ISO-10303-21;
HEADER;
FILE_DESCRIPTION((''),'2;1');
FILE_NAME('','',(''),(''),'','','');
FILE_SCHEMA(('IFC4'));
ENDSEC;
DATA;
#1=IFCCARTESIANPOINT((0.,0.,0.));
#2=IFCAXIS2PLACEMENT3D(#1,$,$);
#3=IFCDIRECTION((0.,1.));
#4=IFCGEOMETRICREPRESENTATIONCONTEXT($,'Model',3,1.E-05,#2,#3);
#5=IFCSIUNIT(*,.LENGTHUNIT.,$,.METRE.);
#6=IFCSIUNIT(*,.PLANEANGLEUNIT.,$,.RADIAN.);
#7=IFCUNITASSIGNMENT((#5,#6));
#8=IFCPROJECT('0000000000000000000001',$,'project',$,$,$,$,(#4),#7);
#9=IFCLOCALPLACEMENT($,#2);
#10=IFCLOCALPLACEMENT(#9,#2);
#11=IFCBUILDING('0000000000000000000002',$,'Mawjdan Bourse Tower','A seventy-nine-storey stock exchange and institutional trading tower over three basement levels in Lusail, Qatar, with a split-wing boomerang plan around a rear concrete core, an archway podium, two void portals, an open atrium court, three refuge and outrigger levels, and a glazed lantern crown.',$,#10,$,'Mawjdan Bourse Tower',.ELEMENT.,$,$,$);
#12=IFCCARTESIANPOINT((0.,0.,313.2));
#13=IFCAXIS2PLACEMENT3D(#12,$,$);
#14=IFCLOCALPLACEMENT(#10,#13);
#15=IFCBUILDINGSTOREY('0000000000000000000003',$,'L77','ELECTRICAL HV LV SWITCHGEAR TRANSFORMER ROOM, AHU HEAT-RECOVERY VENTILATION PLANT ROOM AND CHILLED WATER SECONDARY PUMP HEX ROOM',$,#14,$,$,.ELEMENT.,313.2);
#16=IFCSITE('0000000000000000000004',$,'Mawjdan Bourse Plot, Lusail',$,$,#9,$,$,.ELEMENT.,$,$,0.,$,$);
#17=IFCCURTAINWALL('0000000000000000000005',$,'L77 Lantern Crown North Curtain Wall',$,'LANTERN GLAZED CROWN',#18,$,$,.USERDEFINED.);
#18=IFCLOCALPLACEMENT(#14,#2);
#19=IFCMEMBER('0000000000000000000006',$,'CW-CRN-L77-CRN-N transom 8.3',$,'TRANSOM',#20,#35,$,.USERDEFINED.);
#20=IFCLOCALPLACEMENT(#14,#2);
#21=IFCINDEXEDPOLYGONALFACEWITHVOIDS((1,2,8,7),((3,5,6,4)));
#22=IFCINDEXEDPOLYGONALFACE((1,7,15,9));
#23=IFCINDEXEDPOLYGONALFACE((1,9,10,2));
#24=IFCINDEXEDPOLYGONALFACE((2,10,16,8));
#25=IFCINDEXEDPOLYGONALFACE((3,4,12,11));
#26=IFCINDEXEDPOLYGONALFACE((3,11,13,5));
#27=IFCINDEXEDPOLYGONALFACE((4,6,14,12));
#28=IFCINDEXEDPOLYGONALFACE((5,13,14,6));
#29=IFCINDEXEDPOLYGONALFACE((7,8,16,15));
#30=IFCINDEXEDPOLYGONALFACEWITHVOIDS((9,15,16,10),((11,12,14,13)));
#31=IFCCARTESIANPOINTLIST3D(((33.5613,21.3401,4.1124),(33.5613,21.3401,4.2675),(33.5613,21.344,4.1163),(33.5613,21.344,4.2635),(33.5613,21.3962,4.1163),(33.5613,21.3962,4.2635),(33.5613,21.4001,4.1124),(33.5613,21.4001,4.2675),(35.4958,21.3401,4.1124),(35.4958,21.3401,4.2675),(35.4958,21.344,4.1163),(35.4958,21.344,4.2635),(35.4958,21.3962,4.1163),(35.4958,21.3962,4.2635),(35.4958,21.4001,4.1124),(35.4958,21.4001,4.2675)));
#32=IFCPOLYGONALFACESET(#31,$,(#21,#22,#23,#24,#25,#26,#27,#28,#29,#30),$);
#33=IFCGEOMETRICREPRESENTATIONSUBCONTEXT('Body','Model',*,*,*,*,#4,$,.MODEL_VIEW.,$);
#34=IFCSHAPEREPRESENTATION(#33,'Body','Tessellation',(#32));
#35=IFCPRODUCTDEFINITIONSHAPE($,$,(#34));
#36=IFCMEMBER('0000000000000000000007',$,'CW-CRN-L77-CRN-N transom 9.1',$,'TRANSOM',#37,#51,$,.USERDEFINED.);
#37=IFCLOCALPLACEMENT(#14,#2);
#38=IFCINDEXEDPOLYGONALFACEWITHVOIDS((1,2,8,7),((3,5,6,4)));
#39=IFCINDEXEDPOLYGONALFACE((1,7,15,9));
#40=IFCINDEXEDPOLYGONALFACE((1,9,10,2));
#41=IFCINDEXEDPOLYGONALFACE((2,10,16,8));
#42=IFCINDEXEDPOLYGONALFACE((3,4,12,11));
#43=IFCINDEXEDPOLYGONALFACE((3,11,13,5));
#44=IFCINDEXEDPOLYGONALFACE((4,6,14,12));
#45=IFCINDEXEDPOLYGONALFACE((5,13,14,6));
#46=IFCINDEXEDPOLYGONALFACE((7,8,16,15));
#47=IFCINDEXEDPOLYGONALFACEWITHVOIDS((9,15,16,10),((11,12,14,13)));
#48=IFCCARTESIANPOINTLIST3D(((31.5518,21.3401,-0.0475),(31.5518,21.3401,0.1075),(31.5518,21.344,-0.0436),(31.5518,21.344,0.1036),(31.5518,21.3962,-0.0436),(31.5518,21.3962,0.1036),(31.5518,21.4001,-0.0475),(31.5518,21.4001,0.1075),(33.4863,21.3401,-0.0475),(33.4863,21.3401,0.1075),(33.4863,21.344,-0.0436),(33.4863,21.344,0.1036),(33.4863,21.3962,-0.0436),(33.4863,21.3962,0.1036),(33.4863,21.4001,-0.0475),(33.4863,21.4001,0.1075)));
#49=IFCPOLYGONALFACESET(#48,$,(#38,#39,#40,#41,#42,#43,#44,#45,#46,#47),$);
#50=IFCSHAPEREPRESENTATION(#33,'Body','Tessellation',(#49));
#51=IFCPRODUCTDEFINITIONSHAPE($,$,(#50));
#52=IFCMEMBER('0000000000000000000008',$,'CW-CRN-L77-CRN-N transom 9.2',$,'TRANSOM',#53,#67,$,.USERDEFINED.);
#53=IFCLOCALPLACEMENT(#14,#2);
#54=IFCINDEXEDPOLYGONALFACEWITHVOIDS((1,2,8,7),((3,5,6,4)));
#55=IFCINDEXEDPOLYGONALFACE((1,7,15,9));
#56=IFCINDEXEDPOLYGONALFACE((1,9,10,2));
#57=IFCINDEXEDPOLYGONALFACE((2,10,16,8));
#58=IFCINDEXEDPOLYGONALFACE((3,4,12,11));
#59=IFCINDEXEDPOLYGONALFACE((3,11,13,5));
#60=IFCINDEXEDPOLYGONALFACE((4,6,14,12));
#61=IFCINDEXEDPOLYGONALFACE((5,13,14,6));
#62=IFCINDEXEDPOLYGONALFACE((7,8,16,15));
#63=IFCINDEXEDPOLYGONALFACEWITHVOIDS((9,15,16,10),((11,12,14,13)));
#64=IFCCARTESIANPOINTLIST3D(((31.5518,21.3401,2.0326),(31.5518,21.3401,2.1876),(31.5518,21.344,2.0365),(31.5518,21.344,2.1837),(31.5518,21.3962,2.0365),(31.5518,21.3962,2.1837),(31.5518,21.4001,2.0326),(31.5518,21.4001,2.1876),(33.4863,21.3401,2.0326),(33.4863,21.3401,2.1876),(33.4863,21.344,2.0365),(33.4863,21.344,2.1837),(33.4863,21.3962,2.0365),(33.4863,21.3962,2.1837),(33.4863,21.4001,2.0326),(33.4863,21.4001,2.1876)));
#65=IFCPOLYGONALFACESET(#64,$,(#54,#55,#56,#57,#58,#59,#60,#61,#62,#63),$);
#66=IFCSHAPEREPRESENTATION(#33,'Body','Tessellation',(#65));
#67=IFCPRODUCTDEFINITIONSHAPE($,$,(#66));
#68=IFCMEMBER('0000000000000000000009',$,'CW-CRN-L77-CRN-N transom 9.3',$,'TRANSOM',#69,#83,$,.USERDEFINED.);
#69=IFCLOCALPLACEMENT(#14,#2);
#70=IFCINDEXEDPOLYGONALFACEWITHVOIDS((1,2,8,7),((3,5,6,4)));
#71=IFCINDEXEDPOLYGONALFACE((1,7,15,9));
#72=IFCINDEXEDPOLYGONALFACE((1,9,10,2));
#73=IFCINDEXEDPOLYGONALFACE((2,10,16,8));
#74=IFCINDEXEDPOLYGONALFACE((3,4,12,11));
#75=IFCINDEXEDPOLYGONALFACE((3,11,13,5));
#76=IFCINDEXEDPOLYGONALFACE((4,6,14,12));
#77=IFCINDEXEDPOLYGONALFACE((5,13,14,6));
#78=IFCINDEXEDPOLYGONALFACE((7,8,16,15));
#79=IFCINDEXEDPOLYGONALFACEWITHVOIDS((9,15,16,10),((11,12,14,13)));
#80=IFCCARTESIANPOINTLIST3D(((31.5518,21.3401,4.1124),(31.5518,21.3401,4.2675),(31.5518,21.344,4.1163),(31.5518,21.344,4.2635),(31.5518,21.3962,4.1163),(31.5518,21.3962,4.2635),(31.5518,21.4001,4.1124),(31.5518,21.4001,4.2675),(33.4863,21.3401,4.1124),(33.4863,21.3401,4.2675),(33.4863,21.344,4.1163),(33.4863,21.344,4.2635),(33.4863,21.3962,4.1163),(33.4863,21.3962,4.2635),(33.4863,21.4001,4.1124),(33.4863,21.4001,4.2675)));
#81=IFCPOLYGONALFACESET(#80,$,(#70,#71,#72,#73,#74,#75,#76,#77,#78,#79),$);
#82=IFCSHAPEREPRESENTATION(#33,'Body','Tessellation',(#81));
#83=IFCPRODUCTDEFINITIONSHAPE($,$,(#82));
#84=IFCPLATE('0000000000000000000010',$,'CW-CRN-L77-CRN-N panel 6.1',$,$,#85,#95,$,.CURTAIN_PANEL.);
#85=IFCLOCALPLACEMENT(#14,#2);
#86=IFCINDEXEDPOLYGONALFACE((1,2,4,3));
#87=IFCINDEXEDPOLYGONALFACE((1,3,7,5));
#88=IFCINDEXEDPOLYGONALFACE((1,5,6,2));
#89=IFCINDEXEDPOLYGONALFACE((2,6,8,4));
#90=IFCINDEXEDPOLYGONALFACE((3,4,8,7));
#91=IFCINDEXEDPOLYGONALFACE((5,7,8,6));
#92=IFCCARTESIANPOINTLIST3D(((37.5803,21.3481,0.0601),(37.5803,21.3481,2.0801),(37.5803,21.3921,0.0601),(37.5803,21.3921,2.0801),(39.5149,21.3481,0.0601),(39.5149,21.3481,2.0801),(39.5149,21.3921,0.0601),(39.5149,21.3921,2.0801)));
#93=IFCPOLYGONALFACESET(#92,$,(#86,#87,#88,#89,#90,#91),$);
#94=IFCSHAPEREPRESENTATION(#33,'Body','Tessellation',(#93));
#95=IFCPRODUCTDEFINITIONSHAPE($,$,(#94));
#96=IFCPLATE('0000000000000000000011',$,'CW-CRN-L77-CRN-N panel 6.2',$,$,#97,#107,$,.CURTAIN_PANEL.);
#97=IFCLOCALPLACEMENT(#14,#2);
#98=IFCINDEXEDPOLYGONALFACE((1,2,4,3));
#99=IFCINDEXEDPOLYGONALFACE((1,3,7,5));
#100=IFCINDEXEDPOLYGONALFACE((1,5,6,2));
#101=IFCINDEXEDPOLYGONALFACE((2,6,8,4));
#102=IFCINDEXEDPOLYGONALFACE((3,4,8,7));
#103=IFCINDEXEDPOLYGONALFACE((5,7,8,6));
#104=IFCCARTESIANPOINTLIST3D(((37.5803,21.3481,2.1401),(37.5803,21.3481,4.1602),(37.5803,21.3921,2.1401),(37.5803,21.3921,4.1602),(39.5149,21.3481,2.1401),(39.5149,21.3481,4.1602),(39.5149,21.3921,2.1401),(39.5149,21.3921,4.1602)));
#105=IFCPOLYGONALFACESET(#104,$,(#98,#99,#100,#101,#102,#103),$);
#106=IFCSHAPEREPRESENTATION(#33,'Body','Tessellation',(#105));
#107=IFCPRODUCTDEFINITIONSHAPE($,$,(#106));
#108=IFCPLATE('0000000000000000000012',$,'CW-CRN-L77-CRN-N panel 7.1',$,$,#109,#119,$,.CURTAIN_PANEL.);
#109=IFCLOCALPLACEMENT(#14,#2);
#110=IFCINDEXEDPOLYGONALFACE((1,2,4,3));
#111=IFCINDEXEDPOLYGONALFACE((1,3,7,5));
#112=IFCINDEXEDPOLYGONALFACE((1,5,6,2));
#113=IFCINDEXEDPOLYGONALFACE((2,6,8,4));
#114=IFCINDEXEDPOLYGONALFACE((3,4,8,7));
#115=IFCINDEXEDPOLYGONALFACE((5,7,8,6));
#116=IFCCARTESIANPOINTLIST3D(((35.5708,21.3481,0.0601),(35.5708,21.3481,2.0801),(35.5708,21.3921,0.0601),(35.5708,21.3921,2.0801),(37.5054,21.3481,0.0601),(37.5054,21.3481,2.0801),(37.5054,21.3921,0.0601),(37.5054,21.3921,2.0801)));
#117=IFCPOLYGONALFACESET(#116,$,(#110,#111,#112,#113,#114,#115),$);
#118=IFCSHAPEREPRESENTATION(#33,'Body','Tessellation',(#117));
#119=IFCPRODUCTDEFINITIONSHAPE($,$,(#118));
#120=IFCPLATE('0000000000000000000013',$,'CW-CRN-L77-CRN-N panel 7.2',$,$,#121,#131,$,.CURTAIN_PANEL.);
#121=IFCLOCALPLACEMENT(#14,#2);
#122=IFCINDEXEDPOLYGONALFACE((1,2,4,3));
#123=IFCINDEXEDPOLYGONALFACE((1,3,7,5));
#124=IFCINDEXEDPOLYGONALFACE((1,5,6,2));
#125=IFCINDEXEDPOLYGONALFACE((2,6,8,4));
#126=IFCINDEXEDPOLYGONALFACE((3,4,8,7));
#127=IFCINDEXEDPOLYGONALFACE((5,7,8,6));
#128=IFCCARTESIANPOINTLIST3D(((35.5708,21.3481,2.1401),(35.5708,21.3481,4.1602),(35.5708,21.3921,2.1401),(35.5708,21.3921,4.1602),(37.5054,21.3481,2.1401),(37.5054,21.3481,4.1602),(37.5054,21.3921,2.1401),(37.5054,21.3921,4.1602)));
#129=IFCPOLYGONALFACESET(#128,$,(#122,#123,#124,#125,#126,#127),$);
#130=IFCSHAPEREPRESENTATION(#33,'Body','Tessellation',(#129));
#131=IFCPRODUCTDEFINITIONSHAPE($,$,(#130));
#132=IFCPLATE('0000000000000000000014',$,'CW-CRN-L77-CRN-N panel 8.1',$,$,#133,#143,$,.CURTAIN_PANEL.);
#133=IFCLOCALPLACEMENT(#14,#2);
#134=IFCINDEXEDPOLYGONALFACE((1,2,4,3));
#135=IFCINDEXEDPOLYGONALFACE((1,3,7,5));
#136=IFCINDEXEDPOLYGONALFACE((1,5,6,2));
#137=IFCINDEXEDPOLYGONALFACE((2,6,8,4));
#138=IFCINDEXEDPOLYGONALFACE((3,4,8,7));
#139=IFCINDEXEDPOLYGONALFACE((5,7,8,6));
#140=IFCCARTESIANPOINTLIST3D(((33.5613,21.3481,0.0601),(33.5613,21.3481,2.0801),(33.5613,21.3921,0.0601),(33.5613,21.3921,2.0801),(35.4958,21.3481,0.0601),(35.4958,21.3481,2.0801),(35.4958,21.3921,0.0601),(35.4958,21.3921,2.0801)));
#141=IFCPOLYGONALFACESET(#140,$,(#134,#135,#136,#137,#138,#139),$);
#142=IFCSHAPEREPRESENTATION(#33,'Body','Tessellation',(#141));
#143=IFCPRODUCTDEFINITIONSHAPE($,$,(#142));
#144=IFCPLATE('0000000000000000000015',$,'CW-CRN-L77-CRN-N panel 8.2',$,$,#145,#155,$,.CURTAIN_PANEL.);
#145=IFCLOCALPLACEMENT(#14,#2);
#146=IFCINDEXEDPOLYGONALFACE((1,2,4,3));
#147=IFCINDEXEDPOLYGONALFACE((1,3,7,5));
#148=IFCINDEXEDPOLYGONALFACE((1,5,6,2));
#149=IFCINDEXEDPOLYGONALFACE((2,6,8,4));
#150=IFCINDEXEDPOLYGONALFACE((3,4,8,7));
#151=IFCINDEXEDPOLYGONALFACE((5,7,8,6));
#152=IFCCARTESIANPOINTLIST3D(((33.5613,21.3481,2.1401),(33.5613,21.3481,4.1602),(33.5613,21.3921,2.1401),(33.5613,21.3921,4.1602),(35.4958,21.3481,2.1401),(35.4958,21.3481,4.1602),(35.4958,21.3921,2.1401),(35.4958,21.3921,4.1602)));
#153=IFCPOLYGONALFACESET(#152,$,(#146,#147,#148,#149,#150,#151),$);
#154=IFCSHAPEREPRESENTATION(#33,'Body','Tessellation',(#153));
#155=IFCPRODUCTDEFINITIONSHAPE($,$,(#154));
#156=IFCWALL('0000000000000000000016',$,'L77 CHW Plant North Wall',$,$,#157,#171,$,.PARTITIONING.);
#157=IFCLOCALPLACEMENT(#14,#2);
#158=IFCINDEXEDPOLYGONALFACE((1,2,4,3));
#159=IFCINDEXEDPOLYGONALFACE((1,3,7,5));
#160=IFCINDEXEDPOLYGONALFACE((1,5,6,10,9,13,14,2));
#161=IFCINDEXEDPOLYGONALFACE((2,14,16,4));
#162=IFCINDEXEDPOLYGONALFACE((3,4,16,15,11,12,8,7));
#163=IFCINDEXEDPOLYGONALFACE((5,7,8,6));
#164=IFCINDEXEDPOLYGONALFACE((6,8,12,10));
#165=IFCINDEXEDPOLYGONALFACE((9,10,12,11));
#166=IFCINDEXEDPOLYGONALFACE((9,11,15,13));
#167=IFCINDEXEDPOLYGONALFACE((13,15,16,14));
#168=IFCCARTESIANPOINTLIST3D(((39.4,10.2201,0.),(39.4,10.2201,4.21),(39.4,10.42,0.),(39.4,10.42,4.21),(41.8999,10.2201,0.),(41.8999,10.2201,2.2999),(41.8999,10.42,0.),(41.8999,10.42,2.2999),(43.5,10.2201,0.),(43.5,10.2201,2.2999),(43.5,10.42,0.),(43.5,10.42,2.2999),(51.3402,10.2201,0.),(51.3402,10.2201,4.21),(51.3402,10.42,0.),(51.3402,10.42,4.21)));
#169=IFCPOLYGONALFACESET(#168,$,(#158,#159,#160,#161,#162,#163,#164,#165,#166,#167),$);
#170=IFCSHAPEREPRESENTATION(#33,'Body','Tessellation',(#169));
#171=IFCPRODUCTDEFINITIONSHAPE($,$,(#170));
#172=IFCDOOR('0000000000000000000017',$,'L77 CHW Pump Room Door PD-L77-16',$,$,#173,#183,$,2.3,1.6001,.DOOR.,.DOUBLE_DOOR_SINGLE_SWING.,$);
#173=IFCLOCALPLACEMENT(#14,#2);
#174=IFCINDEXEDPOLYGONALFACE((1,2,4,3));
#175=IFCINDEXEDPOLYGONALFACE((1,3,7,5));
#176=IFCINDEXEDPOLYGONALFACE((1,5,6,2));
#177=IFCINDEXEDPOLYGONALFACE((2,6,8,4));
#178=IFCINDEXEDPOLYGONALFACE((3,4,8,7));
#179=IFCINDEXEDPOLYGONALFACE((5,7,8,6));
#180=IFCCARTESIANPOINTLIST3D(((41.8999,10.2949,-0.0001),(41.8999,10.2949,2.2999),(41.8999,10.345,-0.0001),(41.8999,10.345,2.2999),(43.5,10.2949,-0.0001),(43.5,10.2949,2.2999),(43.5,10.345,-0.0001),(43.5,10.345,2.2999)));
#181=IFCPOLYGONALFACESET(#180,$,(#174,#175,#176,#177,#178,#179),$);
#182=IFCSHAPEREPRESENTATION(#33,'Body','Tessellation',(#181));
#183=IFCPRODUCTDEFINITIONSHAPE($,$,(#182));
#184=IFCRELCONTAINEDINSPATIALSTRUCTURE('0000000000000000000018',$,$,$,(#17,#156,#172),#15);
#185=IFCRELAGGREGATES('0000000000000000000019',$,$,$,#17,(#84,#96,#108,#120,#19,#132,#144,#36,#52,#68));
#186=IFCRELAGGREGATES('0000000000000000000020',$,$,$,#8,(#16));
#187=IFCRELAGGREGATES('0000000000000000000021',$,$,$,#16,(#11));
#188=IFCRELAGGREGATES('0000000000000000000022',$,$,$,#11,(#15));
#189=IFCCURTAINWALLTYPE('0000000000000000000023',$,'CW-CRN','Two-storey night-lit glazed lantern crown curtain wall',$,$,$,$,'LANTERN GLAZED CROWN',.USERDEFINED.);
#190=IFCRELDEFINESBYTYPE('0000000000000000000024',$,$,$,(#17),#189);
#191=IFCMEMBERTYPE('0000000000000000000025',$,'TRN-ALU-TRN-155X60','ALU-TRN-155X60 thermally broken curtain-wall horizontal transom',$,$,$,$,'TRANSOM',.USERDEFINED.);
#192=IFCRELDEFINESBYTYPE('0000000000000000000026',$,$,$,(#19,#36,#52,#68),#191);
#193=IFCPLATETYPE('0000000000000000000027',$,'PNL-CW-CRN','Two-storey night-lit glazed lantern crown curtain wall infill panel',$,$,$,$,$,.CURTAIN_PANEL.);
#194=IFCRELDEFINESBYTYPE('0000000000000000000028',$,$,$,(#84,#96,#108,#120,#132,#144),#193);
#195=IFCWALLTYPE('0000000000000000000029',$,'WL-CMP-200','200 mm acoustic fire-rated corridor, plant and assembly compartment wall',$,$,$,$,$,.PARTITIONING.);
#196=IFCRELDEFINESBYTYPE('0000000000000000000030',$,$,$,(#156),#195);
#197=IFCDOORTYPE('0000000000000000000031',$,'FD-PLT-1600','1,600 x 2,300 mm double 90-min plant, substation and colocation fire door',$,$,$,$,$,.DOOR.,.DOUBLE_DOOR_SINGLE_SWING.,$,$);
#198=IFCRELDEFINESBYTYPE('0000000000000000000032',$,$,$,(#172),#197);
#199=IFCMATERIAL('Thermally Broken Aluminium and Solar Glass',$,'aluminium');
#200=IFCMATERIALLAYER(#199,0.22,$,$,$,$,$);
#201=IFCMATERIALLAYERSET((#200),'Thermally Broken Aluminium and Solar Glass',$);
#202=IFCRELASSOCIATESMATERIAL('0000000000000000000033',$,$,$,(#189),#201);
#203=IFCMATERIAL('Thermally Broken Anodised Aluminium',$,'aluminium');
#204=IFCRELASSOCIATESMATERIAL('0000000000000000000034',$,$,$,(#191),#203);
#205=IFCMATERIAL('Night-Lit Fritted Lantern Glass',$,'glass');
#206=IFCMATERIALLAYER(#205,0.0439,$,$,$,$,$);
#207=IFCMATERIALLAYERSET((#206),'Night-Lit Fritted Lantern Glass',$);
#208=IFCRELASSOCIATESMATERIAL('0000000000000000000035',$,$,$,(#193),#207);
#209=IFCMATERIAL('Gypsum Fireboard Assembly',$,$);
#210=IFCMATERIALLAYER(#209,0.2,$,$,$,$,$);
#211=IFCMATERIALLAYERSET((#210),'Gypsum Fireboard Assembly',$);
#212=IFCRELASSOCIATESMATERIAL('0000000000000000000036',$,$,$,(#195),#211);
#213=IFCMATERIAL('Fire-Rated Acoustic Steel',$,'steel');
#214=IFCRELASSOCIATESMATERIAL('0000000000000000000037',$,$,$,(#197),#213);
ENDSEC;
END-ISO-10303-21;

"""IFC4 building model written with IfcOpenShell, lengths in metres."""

from ifc_helpers import new_model, si_unit, direction, frame, frame_2d, origin, origin_2d, place, context, subcontext, project, spatial, rectangle, hollow_rectangle, extrude, material, layer, layer_set, material_profile, profile_set, type_object, element, fill, aggregate, save


model = new_model("IFC4")

# Units and contexts
model_context = context("Model", 3, precision=1e-05, world=origin(), true_north=direction((0.0, 1.0)))
body_context = subcontext(model_context, "Body", "Model", "MODEL_VIEW")
ifc_project = project(units=[si_unit("LENGTHUNIT", "METRE"), si_unit("PLANEANGLEUNIT", "RADIAN")], contexts=[model_context])

# Site, building, storey
site_placement = place(None, origin())
site = spatial("IfcSite", under=ifc_project, at=site_placement, Name="Mawjdan Bourse Plot, Lusail", CompositionType="ELEMENT", RefElevation=0.0)
building_placement = place(site_placement, origin())
building = spatial("IfcBuilding", under=site, at=building_placement, Name="Mawjdan Bourse Tower", Description="A seventy-nine-storey stock exchange and institutional trading tower over three basement levels in Lusail, Qatar, with a split-wing boomerang plan around a rear concrete core, an archway podium, two void portals, an open atrium court, three refuge and outrigger levels, and a glazed lantern crown.", LongName="Mawjdan Bourse Tower", CompositionType="ELEMENT")
storey_placement = place(building_placement, frame((0.0, 0.0, 313.2)))
storey = spatial("IfcBuildingStorey", under=building, at=storey_placement, Name="L77", Description="ELECTRICAL HV LV SWITCHGEAR TRANSFORMER ROOM, AHU HEAT-RECOVERY VENTILATION PLANT ROOM AND CHILLED WATER SECONDARY PUMP HEX ROOM", CompositionType="ELEMENT", Elevation=313.2)

# Curtain wall, members, plates
ifc_material_1 = material(Name="Thermally Broken Aluminium and Solar Glass", Category="aluminium")
ifc_layer_1 = layer(ifc_material_1, 0.22)
ifc_layer_set_1 = layer_set([ifc_layer_1], Name="Thermally Broken Aluminium and Solar Glass")
curtain_wall_type = type_object("IfcCurtainWallType", Name="CW-CRN", Description="Two-storey night-lit glazed lantern crown curtain wall", ElementType="LANTERN GLAZED CROWN", PredefinedType="USERDEFINED", material=ifc_layer_set_1)
curtain_wall_placement = place(storey_placement, origin())
curtain_wall = element("IfcCurtainWall", 1, at=curtain_wall_placement, inside=storey, type_object=curtain_wall_type, Name="L77 Lantern Crown North Curtain Wall", ObjectType="LANTERN GLAZED CROWN", PredefinedType="USERDEFINED")
ifc_material_2 = material(Name="Thermally Broken Anodised Aluminium", Category="aluminium")
ifc_material_profile_1 = material_profile(ifc_material_2, hollow_rectangle(XDim=0.0601, YDim=0.155, WallThickness=0.0039, at=origin_2d()), Name="ALU-TRN-155X60")
ifc_profile_set_1 = profile_set([ifc_material_profile_1], Name="Thermally Broken Anodised Aluminium")
member_type_1 = type_object("IfcMemberType", Name="TRN-ALU-TRN-155X60", Description="ALU-TRN-155X60 thermally broken curtain-wall horizontal transom", ElementType="TRANSOM", PredefinedType="USERDEFINED", material=ifc_profile_set_1)
member_1_placement = place(storey_placement, frame((35.4958, 21.3701, 4.1899), z_axis=(-1.0, 0.0, 0.0), x_axis=(0.0, -1.0, 0.0)))
member_1 = element("IfcMember", 2, at=member_1_placement, type_object=member_type_1, Name="CW-CRN-L77-CRN-N transom 8.3", ObjectType="TRANSOM", PredefinedType="USERDEFINED", context=body_context, shape_type="SweptSolid", body=[
    extrude(hollow_rectangle(XDim=0.0601, YDim=0.155, WallThickness=0.0039, at=origin_2d()), origin(), (0.0, 0.0, 1.0), 1.9346),
])
member_2_placement = place(storey_placement, frame((33.4863, 21.3701, 0.03), z_axis=(-1.0, 0.0, 0.0), x_axis=(0.0, -1.0, 0.0)))
member_2 = element("IfcMember", 3, at=member_2_placement, type_object=member_type_1, Name="CW-CRN-L77-CRN-N transom 9.1", ObjectType="TRANSOM", PredefinedType="USERDEFINED", context=body_context, shape_type="SweptSolid", body=[
    extrude(hollow_rectangle(XDim=0.0601, YDim=0.155, WallThickness=0.0039, at=origin_2d()), origin(), (0.0, 0.0, 1.0), 1.9346),
])
member_3_placement = place(storey_placement, frame((33.4863, 21.3701, 2.1101), z_axis=(-1.0, 0.0, 0.0), x_axis=(0.0, -1.0, 0.0)))
member_3 = element("IfcMember", 4, at=member_3_placement, type_object=member_type_1, Name="CW-CRN-L77-CRN-N transom 9.2", ObjectType="TRANSOM", PredefinedType="USERDEFINED", context=body_context, shape_type="SweptSolid", body=[
    extrude(hollow_rectangle(XDim=0.0601, YDim=0.155, WallThickness=0.0039, at=origin_2d()), origin(), (0.0, 0.0, 1.0), 1.9346),
])
member_4_placement = place(storey_placement, frame((33.4863, 21.3701, 4.1899), z_axis=(-1.0, 0.0, 0.0), x_axis=(0.0, -1.0, 0.0)))
member_4 = element("IfcMember", 5, at=member_4_placement, type_object=member_type_1, Name="CW-CRN-L77-CRN-N transom 9.3", ObjectType="TRANSOM", PredefinedType="USERDEFINED", context=body_context, shape_type="SweptSolid", body=[
    extrude(hollow_rectangle(XDim=0.0601, YDim=0.155, WallThickness=0.0039, at=origin_2d()), origin(), (0.0, 0.0, 1.0), 1.9346),
])
ifc_material_3 = material(Name="Night-Lit Fritted Lantern Glass", Category="glass")
ifc_layer_2 = layer(ifc_material_3, 0.0439)
ifc_layer_set_2 = layer_set([ifc_layer_2], Name="Night-Lit Fritted Lantern Glass")
plate_type = type_object("IfcPlateType", Name="PNL-CW-CRN", Description="Two-storey night-lit glazed lantern crown curtain wall infill panel", PredefinedType="CURTAIN_PANEL", material=ifc_layer_set_2)
plate_1_placement = place(storey_placement, frame((38.5476, 21.3701, 0.0601), z_axis=(0.0, 0.0, 1.0), x_axis=(-1.0, 0.0, 0.0)))
plate_1 = element("IfcPlate", 6, at=plate_1_placement, type_object=plate_type, Name="CW-CRN-L77-CRN-N panel 6.1", PredefinedType="CURTAIN_PANEL", context=body_context, shape_type="SweptSolid", body=[
    extrude(rectangle(XDim=1.9346, YDim=0.0439, at=origin_2d()), origin(), (0.0, 0.0, 1.0), 2.02),
])
plate_2_placement = place(storey_placement, frame((38.5476, 21.3701, 2.1401), z_axis=(0.0, 0.0, 1.0), x_axis=(-1.0, 0.0, 0.0)))
plate_2 = element("IfcPlate", 7, at=plate_2_placement, type_object=plate_type, Name="CW-CRN-L77-CRN-N panel 6.2", PredefinedType="CURTAIN_PANEL", context=body_context, shape_type="SweptSolid", body=[
    extrude(rectangle(XDim=1.9346, YDim=0.0439, at=origin_2d()), origin(), (0.0, 0.0, 1.0), 2.02),
])
plate_3_placement = place(storey_placement, frame((36.5381, 21.3701, 0.0601), z_axis=(0.0, 0.0, 1.0), x_axis=(-1.0, 0.0, 0.0)))
plate_3 = element("IfcPlate", 8, at=plate_3_placement, type_object=plate_type, Name="CW-CRN-L77-CRN-N panel 7.1", PredefinedType="CURTAIN_PANEL", context=body_context, shape_type="SweptSolid", body=[
    extrude(rectangle(XDim=1.9346, YDim=0.0439, at=origin_2d()), origin(), (0.0, 0.0, 1.0), 2.02),
])
plate_4_placement = place(storey_placement, frame((36.5381, 21.3701, 2.1401), z_axis=(0.0, 0.0, 1.0), x_axis=(-1.0, 0.0, 0.0)))
plate_4 = element("IfcPlate", 9, at=plate_4_placement, type_object=plate_type, Name="CW-CRN-L77-CRN-N panel 7.2", PredefinedType="CURTAIN_PANEL", context=body_context, shape_type="SweptSolid", body=[
    extrude(rectangle(XDim=1.9346, YDim=0.0439, at=origin_2d()), origin(), (0.0, 0.0, 1.0), 2.02),
])
plate_5_placement = place(storey_placement, frame((34.5286, 21.3701, 0.0601), z_axis=(0.0, 0.0, 1.0), x_axis=(-1.0, 0.0, 0.0)))
plate_5 = element("IfcPlate", 10, at=plate_5_placement, type_object=plate_type, Name="CW-CRN-L77-CRN-N panel 8.1", PredefinedType="CURTAIN_PANEL", context=body_context, shape_type="SweptSolid", body=[
    extrude(rectangle(XDim=1.9346, YDim=0.0439, at=origin_2d()), origin(), (0.0, 0.0, 1.0), 2.02),
])
plate_6_placement = place(storey_placement, frame((34.5286, 21.3701, 2.1401), z_axis=(0.0, 0.0, 1.0), x_axis=(-1.0, 0.0, 0.0)))
plate_6 = element("IfcPlate", 11, at=plate_6_placement, type_object=plate_type, Name="CW-CRN-L77-CRN-N panel 8.2", PredefinedType="CURTAIN_PANEL", context=body_context, shape_type="SweptSolid", body=[
    extrude(rectangle(XDim=1.9346, YDim=0.0439, at=origin_2d()), origin(), (0.0, 0.0, 1.0), 2.02),
])
aggregate(curtain_wall, [plate_1, plate_2, plate_3, plate_4, member_1, plate_5, plate_6, member_2, member_3, member_4])

# Wall, opening, door
ifc_material_4 = material(Name="Gypsum Fireboard Assembly")
ifc_layer_3 = layer(ifc_material_4, 0.2)
ifc_layer_set_3 = layer_set([ifc_layer_3], Name="Gypsum Fireboard Assembly")
wall_type_1 = type_object("IfcWallType", Name="WL-CMP-200", Description="200 mm acoustic fire-rated corridor, plant and assembly compartment wall", PredefinedType="PARTITIONING", material=ifc_layer_set_3)
wall_1_placement = place(storey_placement, frame((39.3999, 10.3201, 0.0), z_axis=(0.0, 0.0, 1.0), x_axis=(1.0, 0.0, 0.0)))
wall_1 = element("IfcWall", 12, at=wall_1_placement, inside=storey, type_object=wall_type_1, Name="L77 CHW Plant North Wall", PredefinedType="PARTITIONING", context=body_context, shape_type="SweptSolid", body=[
    extrude(rectangle(XDim=11.9402, YDim=0.2, at=frame_2d((5.9702, 0.0))), origin(), (0.0, 0.0, 1.0), 4.21),
])
opening_1_placement = place(wall_1_placement, frame((2.5, 0.0, 0.0)))
opening_1 = element("IfcOpeningElement", 13, at=opening_1_placement, cuts=wall_1, PredefinedType="OPENING", context=body_context, shape_type="SweptSolid", body=[
    extrude(rectangle(XDim=1.6001, YDim=2.3, at=frame_2d((0.8, 1.1499))), frame((0.0, 0.1099, 0.0), z_axis=(0.0, -1.0, 0.0), x_axis=(1.0, 0.0, 0.0)), (0.0, 0.0, 1.0), 0.22),
])
ifc_material_5 = material(Name="Fire-Rated Acoustic Steel", Category="steel")
door_type = type_object("IfcDoorType", Name="FD-PLT-1600", Description="1,600 x 2,300 mm double 90-min plant, substation and colocation fire door", OperationType="DOUBLE_DOOR_SINGLE_SWING", PredefinedType="DOOR", material=ifc_material_5)
door_1_placement = place(opening_1_placement, origin())
door_1 = element("IfcDoor", 14, at=door_1_placement, inside=storey, type_object=door_type, Name="L77 CHW Pump Room Door PD-L77-16", OperationType="DOUBLE_DOOR_SINGLE_SWING", OverallHeight=2.3, OverallWidth=1.6001, PredefinedType="DOOR", context=body_context, shape_type="SweptSolid", body=[
    extrude(rectangle(XDim=1.6001, YDim=2.3, at=frame_2d((0.8, 1.1499))), frame((0.0, 0.0249, 0.0), z_axis=(0.0, -1.0, 0.0), x_axis=(1.0, 0.0, 0.0)), (0.0, 0.0, 1.0), 0.05),
])
fill(opening_1, door_1)

save(model, "model.ifc")
